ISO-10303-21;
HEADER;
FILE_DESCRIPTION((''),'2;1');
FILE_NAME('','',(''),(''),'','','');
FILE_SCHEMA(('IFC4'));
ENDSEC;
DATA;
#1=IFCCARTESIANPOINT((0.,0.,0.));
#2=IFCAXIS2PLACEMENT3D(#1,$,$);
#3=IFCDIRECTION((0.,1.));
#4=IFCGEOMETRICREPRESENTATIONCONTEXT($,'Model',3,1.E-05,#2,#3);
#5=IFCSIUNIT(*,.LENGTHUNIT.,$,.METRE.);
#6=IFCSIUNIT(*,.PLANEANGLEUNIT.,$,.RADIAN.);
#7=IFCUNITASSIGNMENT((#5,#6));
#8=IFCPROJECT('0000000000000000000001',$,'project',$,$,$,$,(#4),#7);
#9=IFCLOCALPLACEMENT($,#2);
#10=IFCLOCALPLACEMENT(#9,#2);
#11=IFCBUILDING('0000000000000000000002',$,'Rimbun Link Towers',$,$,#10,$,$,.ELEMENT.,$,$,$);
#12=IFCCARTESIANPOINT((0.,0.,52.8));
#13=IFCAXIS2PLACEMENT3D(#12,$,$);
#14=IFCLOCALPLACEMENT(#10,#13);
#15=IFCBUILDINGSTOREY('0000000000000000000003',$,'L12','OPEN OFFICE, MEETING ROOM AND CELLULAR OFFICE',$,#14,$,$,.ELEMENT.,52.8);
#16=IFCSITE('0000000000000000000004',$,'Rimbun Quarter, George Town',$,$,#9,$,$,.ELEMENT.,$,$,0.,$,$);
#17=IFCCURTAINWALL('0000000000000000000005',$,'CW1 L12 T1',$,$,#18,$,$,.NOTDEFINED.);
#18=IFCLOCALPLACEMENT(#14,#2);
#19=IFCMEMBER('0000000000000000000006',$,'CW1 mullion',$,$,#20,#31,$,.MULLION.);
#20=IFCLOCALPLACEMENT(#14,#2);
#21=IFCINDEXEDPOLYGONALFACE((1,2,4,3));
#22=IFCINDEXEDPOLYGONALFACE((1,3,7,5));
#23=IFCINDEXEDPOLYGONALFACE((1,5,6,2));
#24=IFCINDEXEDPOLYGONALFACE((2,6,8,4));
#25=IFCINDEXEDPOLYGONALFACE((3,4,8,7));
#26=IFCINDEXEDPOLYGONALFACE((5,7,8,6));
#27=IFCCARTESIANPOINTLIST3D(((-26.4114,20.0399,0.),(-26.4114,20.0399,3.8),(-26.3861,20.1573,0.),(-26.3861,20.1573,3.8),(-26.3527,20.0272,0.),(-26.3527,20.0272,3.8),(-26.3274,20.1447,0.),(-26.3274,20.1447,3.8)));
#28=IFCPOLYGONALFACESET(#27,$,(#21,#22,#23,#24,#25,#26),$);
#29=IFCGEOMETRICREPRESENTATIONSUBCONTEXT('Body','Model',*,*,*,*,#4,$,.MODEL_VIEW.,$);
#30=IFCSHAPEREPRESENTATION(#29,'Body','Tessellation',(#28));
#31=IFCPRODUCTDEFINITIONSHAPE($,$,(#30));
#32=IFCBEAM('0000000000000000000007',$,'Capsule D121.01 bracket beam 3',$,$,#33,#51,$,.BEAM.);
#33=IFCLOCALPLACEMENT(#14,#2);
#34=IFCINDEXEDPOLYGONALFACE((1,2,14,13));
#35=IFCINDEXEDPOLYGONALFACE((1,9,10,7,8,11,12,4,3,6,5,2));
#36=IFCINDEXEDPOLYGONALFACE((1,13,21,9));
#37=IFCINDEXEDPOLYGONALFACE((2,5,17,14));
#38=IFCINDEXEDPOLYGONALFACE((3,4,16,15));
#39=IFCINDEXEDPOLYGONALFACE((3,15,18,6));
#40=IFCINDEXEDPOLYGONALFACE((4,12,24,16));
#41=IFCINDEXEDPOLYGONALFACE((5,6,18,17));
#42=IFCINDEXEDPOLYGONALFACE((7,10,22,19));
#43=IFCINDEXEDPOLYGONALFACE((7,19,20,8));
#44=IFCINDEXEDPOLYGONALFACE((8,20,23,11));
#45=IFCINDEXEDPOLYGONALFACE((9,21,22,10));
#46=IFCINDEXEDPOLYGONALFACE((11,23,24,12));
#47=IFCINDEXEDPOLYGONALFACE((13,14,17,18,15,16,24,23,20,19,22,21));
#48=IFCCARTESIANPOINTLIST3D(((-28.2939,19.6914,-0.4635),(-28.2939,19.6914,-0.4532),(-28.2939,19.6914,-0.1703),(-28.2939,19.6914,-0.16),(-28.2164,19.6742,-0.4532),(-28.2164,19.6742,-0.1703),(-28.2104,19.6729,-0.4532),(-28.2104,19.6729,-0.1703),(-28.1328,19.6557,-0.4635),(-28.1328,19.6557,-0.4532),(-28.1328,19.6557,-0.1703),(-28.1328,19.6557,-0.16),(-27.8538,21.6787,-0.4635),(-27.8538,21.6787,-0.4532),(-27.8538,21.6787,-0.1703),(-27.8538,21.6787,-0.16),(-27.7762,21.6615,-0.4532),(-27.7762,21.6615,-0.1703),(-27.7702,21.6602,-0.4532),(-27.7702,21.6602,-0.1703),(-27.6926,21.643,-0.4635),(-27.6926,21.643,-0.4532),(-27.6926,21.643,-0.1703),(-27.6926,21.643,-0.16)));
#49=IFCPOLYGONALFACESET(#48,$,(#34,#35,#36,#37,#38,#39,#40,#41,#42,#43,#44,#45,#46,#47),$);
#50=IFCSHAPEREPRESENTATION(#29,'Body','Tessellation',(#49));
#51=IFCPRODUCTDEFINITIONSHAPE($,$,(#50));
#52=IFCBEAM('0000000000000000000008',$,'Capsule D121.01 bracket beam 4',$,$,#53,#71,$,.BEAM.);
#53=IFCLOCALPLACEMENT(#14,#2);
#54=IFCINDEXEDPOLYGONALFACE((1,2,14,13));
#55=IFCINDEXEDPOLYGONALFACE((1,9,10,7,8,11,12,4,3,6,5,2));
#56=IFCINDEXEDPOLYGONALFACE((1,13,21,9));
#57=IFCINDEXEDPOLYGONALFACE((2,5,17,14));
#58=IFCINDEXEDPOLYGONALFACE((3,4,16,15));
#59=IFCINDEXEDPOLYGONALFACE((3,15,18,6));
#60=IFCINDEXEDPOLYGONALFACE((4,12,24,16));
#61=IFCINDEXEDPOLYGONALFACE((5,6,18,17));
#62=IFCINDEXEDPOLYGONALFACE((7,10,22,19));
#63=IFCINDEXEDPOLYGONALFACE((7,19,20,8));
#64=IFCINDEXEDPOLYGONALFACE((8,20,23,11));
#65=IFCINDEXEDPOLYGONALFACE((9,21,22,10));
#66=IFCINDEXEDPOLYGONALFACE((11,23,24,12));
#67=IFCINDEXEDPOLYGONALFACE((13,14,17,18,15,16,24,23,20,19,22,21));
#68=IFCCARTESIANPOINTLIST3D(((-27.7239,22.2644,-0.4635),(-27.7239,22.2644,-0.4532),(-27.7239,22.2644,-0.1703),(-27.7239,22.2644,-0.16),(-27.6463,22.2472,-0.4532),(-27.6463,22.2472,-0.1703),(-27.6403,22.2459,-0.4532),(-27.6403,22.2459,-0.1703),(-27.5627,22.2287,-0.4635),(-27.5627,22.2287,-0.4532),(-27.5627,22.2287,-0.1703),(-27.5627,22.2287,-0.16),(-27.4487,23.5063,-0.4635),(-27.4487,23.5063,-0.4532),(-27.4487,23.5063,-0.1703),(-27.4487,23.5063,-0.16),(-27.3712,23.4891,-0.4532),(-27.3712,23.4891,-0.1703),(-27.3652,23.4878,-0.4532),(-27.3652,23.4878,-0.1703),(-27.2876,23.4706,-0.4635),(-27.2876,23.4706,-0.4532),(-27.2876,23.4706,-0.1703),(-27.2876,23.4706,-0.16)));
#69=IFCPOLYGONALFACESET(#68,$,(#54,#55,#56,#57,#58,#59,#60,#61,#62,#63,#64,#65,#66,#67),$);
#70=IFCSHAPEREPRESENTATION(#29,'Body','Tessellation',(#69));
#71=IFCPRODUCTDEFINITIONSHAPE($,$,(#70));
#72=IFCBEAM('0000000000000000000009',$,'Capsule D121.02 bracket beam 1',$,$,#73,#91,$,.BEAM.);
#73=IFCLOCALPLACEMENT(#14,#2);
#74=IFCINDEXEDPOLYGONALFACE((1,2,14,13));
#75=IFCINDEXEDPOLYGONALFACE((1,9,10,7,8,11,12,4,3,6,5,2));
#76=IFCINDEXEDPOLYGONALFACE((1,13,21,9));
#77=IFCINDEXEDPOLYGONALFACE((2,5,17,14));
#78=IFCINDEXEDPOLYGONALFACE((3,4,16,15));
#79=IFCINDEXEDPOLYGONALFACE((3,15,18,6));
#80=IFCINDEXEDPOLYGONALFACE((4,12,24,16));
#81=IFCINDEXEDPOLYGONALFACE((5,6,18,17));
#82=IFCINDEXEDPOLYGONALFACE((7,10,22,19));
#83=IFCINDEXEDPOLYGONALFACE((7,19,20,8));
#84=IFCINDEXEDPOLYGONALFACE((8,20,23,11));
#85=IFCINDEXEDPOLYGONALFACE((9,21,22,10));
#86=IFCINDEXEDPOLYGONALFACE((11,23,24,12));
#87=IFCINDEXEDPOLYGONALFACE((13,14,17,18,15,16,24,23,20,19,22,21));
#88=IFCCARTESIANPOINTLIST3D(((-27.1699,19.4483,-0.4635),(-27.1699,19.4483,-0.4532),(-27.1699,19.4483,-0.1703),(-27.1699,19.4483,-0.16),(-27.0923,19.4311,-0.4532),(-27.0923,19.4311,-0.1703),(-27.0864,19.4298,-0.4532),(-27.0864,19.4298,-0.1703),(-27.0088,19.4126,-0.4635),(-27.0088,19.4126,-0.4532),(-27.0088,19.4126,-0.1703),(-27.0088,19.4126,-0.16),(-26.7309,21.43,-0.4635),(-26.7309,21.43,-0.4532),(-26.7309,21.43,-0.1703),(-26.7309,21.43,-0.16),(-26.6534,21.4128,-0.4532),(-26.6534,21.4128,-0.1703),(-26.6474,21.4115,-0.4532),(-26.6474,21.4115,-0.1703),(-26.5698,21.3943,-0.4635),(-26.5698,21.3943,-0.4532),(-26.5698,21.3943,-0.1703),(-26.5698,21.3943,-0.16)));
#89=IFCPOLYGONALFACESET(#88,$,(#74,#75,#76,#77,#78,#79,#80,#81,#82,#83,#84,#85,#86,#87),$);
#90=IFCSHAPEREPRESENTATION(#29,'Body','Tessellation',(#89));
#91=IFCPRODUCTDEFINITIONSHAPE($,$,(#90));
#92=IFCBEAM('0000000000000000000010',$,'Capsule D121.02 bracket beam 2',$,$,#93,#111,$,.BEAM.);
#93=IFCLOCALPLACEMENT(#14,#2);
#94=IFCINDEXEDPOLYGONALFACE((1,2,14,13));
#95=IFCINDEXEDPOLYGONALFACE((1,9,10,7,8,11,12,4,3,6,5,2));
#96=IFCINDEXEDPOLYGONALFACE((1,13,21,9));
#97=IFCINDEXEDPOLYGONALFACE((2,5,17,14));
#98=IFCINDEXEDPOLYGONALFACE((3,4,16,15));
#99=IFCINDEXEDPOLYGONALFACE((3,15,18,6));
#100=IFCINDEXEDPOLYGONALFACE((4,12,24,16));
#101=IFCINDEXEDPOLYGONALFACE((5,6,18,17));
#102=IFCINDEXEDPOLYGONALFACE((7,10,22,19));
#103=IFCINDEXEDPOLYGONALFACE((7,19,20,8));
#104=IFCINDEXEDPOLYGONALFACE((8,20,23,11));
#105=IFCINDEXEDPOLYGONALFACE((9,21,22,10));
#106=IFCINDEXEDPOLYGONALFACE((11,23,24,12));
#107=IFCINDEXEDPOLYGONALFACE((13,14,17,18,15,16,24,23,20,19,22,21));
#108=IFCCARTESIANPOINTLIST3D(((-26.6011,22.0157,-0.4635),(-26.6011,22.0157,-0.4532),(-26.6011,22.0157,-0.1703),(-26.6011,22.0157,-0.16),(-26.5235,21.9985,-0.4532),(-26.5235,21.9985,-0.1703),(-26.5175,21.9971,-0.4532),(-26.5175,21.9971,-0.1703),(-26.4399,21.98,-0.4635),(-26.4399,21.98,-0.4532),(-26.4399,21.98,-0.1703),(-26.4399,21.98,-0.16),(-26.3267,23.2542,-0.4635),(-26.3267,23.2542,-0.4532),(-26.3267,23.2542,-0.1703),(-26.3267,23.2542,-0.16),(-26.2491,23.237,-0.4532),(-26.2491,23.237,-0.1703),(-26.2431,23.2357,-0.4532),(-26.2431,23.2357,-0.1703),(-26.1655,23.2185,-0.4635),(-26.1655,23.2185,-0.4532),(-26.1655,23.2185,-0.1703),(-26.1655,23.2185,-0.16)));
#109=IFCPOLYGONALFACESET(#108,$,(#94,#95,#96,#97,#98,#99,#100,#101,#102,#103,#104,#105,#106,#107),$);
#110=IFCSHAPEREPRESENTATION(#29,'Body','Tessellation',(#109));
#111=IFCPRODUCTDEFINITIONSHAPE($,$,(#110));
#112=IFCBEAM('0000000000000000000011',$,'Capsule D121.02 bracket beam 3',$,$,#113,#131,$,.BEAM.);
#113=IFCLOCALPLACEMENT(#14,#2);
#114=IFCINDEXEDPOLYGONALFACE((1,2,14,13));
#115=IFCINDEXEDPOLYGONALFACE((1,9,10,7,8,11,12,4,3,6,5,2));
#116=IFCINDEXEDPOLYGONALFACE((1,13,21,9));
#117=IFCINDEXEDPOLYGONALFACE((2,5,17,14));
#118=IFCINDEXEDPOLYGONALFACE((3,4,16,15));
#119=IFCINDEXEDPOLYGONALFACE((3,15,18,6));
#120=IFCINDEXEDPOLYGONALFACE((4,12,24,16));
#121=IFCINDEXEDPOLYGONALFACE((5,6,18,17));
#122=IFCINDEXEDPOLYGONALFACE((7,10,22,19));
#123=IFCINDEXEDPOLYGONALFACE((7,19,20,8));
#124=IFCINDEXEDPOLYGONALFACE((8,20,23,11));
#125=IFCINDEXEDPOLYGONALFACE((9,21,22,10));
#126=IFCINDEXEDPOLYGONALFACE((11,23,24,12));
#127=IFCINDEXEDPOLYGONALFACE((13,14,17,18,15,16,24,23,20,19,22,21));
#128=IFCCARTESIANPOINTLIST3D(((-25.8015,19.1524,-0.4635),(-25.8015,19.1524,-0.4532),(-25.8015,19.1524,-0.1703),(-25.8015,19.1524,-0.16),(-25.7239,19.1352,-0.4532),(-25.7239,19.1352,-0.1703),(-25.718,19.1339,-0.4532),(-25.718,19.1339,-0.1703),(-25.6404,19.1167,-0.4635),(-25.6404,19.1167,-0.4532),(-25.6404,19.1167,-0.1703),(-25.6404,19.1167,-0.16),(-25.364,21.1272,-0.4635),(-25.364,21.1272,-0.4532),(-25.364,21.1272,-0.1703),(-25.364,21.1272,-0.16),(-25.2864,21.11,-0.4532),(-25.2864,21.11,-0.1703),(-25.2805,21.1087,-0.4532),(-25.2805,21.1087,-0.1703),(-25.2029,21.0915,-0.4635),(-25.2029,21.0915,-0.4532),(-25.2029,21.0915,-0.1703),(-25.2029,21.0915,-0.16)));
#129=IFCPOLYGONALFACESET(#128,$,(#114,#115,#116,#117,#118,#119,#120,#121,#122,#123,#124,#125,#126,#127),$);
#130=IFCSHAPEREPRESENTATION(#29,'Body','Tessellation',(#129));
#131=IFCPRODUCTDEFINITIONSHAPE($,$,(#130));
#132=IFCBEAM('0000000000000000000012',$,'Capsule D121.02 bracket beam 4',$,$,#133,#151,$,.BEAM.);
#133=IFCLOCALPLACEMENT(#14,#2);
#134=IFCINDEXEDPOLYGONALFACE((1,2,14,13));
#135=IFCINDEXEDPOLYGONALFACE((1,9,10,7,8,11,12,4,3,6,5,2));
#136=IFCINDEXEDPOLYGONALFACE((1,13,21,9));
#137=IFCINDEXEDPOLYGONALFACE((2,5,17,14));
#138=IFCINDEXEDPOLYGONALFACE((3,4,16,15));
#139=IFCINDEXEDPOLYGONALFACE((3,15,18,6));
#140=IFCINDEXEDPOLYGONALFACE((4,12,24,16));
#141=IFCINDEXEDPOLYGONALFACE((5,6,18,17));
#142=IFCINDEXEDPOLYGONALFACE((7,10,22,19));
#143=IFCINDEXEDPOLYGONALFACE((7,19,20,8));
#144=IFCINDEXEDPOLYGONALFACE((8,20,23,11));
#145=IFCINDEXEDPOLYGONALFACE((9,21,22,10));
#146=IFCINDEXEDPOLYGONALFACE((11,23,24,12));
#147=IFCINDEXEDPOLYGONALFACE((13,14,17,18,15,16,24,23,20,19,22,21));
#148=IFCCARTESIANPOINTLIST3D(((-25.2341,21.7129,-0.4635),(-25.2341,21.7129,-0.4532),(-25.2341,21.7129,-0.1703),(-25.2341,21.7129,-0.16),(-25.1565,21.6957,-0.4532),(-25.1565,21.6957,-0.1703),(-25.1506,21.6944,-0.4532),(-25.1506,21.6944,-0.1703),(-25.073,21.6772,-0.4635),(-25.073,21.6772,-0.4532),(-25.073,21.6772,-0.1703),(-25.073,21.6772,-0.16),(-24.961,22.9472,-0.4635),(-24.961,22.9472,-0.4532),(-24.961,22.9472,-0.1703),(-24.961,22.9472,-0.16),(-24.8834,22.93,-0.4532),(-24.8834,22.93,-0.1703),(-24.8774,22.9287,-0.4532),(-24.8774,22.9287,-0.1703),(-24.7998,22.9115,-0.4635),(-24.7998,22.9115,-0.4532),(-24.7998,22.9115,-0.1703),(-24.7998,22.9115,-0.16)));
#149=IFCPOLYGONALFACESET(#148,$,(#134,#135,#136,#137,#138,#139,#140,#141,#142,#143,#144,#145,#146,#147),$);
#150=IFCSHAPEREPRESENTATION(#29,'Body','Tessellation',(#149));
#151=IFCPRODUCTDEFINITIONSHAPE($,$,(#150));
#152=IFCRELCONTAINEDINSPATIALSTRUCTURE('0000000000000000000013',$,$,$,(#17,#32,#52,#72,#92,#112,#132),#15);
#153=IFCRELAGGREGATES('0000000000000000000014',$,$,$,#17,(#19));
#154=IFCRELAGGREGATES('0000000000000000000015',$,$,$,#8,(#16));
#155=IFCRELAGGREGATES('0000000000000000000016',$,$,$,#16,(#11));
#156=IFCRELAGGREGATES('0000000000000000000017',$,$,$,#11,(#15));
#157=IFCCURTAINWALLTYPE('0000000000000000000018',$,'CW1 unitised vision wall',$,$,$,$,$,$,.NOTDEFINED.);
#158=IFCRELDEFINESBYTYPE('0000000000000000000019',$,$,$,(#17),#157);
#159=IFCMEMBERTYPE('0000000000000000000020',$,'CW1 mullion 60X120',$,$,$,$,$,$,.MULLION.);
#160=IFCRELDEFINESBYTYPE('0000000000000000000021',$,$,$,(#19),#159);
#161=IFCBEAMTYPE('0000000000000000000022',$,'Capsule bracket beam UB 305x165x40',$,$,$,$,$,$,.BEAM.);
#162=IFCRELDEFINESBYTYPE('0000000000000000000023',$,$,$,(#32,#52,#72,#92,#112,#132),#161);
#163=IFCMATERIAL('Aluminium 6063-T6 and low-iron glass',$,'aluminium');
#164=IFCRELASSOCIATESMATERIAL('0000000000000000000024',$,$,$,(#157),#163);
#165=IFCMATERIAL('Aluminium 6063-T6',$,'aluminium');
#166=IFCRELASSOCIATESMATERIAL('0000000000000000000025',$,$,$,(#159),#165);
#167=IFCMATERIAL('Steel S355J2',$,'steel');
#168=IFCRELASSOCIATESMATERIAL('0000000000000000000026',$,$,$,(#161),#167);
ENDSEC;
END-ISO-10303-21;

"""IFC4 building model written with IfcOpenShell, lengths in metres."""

from ifc_helpers import new_model, si_unit, direction, frame, origin, origin_2d, place, context, subcontext, project, spatial, rectangle, i_section, extrude, material, material_profile, profile_set, type_object, element, aggregate, save


model = new_model("IFC4")

# Units and contexts
model_context = context("Model", 3, precision=1e-05, world=origin(), true_north=direction((0.0, 1.0)))
body_context = subcontext(model_context, "Body", "Model", "MODEL_VIEW")
ifc_project = project(units=[si_unit("LENGTHUNIT", "METRE"), si_unit("PLANEANGLEUNIT", "RADIAN")], contexts=[model_context])

# Site, building, storey
site_placement = place(None, origin())
site = spatial("IfcSite", under=ifc_project, at=site_placement, Name="Rimbun Quarter, George Town", CompositionType="ELEMENT", RefElevation=0.0)
building_placement = place(site_placement, origin())
building = spatial("IfcBuilding", under=site, at=building_placement, Name="Rimbun Link Towers", CompositionType="ELEMENT")
storey_placement = place(building_placement, frame((0.0, 0.0, 52.8)))
storey = spatial("IfcBuildingStorey", under=building, at=storey_placement, Name="L12", Description="OPEN OFFICE, MEETING ROOM AND CELLULAR OFFICE", CompositionType="ELEMENT", Elevation=52.8)

# Curtain wall, member
ifc_material_1 = material(Name="Aluminium 6063-T6 and low-iron glass", Category="aluminium")
curtain_wall_type = type_object("IfcCurtainWallType", Name="CW1 unitised vision wall", PredefinedType="NOTDEFINED", material=ifc_material_1)
curtain_wall_placement = place(storey_placement, origin())
curtain_wall = element("IfcCurtainWall", 1, at=curtain_wall_placement, inside=storey, type_object=curtain_wall_type, Name="CW1 L12 T1", PredefinedType="NOTDEFINED")
ifc_material_2 = material(Name="Aluminium 6063-T6", Category="aluminium")
ifc_material_profile_1 = material_profile(ifc_material_2, rectangle(XDim=0.1201, YDim=0.0601, at=origin_2d()), Name="MULLION 60X120")
ifc_profile_set_1 = profile_set([ifc_material_profile_1], Name="Aluminium 6063-T6")
member_type = type_object("IfcMemberType", Name="CW1 mullion 60X120", PredefinedType="MULLION", material=ifc_profile_set_1)
member_placement = place(storey_placement, frame((-26.3694, 20.0923, 0.0), z_axis=(0.0, 0.0, 1.0), x_axis=(0.210874, 0.977513, 0.0)))
member = element("IfcMember", 2, at=member_placement, type_object=member_type, Name="CW1 mullion", PredefinedType="MULLION", context=body_context, shape_type="SweptSolid", body=[
    extrude(rectangle(XDim=0.1201, YDim=0.0601, at=origin_2d()), origin(), (0.0, 0.0, 1.0), 3.8),
])
aggregate(curtain_wall, [member])

# Beams
ifc_material_3 = material(Name="Steel S355J2", Category="steel")
ifc_material_profile_2 = material_profile(ifc_material_3, i_section(OverallWidth=0.165, OverallDepth=0.3035, WebThickness=0.0061, FlangeThickness=0.0103, at=origin_2d()), Name="UB 305x165x40")
ifc_profile_set_2 = profile_set([ifc_material_profile_2], Name="Steel S355J2")
beam_type = type_object("IfcBeamType", Name="Capsule bracket beam UB 305x165x40", PredefinedType="BEAM", material=ifc_profile_set_2)
beam_1_placement = place(storey_placement, frame((-28.2134, 19.6736, -0.3118), z_axis=(0.216257, 0.976336, 0.0), x_axis=(-0.976336, 0.216257, 0.0)))
element("IfcBeam", 3, at=beam_1_placement, inside=storey, type_object=beam_type, Name="Capsule D121.01 bracket beam 3", PredefinedType="BEAM", context=body_context, shape_type="SweptSolid", body=[
    extrude(i_section(OverallWidth=0.165, OverallDepth=0.3035, WebThickness=0.0061, FlangeThickness=0.0103, at=origin_2d()), origin(), (0.0, 0.0, 1.0), 2.0354),
])
beam_2_placement = place(storey_placement, frame((-27.6433, 22.2466, -0.3118), z_axis=(0.2163, 0.976327, 0.0), x_axis=(-0.976327, 0.2163, 0.0)))
element("IfcBeam", 4, at=beam_2_placement, inside=storey, type_object=beam_type, Name="Capsule D121.01 bracket beam 4", PredefinedType="BEAM", context=body_context, shape_type="SweptSolid", body=[
    extrude(i_section(OverallWidth=0.165, OverallDepth=0.3035, WebThickness=0.0061, FlangeThickness=0.0103, at=origin_2d()), origin(), (0.0, 0.0, 1.0), 1.272),
])
beam_3_placement = place(storey_placement, frame((-27.0894, 19.4304, -0.3118), z_axis=(0.216268, 0.976334, 0.0), x_axis=(-0.976334, 0.216268, 0.0)))
element("IfcBeam", 5, at=beam_3_placement, inside=storey, type_object=beam_type, Name="Capsule D121.02 bracket beam 1", PredefinedType="BEAM", context=body_context, shape_type="SweptSolid", body=[
    extrude(i_section(OverallWidth=0.165, OverallDepth=0.3035, WebThickness=0.0061, FlangeThickness=0.0103, at=origin_2d()), origin(), (0.0, 0.0, 1.0), 2.0298),
])
beam_4_placement = place(storey_placement, frame((-26.5205, 21.9978, -0.3118), z_axis=(0.216319, 0.976323, 0.0), x_axis=(-0.976323, 0.216319, 0.0)))
element("IfcBeam", 6, at=beam_4_placement, inside=storey, type_object=beam_type, Name="Capsule D121.02 bracket beam 2", PredefinedType="BEAM", context=body_context, shape_type="SweptSolid", body=[
    extrude(i_section(OverallWidth=0.165, OverallDepth=0.3035, WebThickness=0.0061, FlangeThickness=0.0103, at=origin_2d()), origin(), (0.0, 0.0, 1.0), 1.2686),
])
beam_5_placement = place(storey_placement, frame((-25.7209, 19.1345, -0.3118), z_axis=(0.216291, 0.976329, 0.0), x_axis=(-0.976329, 0.216291, 0.0)))
element("IfcBeam", 7, at=beam_5_placement, inside=storey, type_object=beam_type, Name="Capsule D121.02 bracket beam 3", PredefinedType="BEAM", context=body_context, shape_type="SweptSolid", body=[
    extrude(i_section(OverallWidth=0.165, OverallDepth=0.3035, WebThickness=0.0061, FlangeThickness=0.0103, at=origin_2d()), origin(), (0.0, 0.0, 1.0), 2.0227),
])
beam_6_placement = place(storey_placement, frame((-25.1536, 21.6951, -0.3118), z_axis=(0.216092, 0.976373, 0.0), x_axis=(-0.976373, 0.216092, 0.0)))
element("IfcBeam", 8, at=beam_6_placement, inside=storey, type_object=beam_type, Name="Capsule D121.02 bracket beam 4", PredefinedType="BEAM", context=body_context, shape_type="SweptSolid", body=[
    extrude(i_section(OverallWidth=0.165, OverallDepth=0.3035, WebThickness=0.0061, FlangeThickness=0.0103, at=origin_2d()), origin(), (0.0, 0.0, 1.0), 1.2642),
])

save(model, "model.ifc")
